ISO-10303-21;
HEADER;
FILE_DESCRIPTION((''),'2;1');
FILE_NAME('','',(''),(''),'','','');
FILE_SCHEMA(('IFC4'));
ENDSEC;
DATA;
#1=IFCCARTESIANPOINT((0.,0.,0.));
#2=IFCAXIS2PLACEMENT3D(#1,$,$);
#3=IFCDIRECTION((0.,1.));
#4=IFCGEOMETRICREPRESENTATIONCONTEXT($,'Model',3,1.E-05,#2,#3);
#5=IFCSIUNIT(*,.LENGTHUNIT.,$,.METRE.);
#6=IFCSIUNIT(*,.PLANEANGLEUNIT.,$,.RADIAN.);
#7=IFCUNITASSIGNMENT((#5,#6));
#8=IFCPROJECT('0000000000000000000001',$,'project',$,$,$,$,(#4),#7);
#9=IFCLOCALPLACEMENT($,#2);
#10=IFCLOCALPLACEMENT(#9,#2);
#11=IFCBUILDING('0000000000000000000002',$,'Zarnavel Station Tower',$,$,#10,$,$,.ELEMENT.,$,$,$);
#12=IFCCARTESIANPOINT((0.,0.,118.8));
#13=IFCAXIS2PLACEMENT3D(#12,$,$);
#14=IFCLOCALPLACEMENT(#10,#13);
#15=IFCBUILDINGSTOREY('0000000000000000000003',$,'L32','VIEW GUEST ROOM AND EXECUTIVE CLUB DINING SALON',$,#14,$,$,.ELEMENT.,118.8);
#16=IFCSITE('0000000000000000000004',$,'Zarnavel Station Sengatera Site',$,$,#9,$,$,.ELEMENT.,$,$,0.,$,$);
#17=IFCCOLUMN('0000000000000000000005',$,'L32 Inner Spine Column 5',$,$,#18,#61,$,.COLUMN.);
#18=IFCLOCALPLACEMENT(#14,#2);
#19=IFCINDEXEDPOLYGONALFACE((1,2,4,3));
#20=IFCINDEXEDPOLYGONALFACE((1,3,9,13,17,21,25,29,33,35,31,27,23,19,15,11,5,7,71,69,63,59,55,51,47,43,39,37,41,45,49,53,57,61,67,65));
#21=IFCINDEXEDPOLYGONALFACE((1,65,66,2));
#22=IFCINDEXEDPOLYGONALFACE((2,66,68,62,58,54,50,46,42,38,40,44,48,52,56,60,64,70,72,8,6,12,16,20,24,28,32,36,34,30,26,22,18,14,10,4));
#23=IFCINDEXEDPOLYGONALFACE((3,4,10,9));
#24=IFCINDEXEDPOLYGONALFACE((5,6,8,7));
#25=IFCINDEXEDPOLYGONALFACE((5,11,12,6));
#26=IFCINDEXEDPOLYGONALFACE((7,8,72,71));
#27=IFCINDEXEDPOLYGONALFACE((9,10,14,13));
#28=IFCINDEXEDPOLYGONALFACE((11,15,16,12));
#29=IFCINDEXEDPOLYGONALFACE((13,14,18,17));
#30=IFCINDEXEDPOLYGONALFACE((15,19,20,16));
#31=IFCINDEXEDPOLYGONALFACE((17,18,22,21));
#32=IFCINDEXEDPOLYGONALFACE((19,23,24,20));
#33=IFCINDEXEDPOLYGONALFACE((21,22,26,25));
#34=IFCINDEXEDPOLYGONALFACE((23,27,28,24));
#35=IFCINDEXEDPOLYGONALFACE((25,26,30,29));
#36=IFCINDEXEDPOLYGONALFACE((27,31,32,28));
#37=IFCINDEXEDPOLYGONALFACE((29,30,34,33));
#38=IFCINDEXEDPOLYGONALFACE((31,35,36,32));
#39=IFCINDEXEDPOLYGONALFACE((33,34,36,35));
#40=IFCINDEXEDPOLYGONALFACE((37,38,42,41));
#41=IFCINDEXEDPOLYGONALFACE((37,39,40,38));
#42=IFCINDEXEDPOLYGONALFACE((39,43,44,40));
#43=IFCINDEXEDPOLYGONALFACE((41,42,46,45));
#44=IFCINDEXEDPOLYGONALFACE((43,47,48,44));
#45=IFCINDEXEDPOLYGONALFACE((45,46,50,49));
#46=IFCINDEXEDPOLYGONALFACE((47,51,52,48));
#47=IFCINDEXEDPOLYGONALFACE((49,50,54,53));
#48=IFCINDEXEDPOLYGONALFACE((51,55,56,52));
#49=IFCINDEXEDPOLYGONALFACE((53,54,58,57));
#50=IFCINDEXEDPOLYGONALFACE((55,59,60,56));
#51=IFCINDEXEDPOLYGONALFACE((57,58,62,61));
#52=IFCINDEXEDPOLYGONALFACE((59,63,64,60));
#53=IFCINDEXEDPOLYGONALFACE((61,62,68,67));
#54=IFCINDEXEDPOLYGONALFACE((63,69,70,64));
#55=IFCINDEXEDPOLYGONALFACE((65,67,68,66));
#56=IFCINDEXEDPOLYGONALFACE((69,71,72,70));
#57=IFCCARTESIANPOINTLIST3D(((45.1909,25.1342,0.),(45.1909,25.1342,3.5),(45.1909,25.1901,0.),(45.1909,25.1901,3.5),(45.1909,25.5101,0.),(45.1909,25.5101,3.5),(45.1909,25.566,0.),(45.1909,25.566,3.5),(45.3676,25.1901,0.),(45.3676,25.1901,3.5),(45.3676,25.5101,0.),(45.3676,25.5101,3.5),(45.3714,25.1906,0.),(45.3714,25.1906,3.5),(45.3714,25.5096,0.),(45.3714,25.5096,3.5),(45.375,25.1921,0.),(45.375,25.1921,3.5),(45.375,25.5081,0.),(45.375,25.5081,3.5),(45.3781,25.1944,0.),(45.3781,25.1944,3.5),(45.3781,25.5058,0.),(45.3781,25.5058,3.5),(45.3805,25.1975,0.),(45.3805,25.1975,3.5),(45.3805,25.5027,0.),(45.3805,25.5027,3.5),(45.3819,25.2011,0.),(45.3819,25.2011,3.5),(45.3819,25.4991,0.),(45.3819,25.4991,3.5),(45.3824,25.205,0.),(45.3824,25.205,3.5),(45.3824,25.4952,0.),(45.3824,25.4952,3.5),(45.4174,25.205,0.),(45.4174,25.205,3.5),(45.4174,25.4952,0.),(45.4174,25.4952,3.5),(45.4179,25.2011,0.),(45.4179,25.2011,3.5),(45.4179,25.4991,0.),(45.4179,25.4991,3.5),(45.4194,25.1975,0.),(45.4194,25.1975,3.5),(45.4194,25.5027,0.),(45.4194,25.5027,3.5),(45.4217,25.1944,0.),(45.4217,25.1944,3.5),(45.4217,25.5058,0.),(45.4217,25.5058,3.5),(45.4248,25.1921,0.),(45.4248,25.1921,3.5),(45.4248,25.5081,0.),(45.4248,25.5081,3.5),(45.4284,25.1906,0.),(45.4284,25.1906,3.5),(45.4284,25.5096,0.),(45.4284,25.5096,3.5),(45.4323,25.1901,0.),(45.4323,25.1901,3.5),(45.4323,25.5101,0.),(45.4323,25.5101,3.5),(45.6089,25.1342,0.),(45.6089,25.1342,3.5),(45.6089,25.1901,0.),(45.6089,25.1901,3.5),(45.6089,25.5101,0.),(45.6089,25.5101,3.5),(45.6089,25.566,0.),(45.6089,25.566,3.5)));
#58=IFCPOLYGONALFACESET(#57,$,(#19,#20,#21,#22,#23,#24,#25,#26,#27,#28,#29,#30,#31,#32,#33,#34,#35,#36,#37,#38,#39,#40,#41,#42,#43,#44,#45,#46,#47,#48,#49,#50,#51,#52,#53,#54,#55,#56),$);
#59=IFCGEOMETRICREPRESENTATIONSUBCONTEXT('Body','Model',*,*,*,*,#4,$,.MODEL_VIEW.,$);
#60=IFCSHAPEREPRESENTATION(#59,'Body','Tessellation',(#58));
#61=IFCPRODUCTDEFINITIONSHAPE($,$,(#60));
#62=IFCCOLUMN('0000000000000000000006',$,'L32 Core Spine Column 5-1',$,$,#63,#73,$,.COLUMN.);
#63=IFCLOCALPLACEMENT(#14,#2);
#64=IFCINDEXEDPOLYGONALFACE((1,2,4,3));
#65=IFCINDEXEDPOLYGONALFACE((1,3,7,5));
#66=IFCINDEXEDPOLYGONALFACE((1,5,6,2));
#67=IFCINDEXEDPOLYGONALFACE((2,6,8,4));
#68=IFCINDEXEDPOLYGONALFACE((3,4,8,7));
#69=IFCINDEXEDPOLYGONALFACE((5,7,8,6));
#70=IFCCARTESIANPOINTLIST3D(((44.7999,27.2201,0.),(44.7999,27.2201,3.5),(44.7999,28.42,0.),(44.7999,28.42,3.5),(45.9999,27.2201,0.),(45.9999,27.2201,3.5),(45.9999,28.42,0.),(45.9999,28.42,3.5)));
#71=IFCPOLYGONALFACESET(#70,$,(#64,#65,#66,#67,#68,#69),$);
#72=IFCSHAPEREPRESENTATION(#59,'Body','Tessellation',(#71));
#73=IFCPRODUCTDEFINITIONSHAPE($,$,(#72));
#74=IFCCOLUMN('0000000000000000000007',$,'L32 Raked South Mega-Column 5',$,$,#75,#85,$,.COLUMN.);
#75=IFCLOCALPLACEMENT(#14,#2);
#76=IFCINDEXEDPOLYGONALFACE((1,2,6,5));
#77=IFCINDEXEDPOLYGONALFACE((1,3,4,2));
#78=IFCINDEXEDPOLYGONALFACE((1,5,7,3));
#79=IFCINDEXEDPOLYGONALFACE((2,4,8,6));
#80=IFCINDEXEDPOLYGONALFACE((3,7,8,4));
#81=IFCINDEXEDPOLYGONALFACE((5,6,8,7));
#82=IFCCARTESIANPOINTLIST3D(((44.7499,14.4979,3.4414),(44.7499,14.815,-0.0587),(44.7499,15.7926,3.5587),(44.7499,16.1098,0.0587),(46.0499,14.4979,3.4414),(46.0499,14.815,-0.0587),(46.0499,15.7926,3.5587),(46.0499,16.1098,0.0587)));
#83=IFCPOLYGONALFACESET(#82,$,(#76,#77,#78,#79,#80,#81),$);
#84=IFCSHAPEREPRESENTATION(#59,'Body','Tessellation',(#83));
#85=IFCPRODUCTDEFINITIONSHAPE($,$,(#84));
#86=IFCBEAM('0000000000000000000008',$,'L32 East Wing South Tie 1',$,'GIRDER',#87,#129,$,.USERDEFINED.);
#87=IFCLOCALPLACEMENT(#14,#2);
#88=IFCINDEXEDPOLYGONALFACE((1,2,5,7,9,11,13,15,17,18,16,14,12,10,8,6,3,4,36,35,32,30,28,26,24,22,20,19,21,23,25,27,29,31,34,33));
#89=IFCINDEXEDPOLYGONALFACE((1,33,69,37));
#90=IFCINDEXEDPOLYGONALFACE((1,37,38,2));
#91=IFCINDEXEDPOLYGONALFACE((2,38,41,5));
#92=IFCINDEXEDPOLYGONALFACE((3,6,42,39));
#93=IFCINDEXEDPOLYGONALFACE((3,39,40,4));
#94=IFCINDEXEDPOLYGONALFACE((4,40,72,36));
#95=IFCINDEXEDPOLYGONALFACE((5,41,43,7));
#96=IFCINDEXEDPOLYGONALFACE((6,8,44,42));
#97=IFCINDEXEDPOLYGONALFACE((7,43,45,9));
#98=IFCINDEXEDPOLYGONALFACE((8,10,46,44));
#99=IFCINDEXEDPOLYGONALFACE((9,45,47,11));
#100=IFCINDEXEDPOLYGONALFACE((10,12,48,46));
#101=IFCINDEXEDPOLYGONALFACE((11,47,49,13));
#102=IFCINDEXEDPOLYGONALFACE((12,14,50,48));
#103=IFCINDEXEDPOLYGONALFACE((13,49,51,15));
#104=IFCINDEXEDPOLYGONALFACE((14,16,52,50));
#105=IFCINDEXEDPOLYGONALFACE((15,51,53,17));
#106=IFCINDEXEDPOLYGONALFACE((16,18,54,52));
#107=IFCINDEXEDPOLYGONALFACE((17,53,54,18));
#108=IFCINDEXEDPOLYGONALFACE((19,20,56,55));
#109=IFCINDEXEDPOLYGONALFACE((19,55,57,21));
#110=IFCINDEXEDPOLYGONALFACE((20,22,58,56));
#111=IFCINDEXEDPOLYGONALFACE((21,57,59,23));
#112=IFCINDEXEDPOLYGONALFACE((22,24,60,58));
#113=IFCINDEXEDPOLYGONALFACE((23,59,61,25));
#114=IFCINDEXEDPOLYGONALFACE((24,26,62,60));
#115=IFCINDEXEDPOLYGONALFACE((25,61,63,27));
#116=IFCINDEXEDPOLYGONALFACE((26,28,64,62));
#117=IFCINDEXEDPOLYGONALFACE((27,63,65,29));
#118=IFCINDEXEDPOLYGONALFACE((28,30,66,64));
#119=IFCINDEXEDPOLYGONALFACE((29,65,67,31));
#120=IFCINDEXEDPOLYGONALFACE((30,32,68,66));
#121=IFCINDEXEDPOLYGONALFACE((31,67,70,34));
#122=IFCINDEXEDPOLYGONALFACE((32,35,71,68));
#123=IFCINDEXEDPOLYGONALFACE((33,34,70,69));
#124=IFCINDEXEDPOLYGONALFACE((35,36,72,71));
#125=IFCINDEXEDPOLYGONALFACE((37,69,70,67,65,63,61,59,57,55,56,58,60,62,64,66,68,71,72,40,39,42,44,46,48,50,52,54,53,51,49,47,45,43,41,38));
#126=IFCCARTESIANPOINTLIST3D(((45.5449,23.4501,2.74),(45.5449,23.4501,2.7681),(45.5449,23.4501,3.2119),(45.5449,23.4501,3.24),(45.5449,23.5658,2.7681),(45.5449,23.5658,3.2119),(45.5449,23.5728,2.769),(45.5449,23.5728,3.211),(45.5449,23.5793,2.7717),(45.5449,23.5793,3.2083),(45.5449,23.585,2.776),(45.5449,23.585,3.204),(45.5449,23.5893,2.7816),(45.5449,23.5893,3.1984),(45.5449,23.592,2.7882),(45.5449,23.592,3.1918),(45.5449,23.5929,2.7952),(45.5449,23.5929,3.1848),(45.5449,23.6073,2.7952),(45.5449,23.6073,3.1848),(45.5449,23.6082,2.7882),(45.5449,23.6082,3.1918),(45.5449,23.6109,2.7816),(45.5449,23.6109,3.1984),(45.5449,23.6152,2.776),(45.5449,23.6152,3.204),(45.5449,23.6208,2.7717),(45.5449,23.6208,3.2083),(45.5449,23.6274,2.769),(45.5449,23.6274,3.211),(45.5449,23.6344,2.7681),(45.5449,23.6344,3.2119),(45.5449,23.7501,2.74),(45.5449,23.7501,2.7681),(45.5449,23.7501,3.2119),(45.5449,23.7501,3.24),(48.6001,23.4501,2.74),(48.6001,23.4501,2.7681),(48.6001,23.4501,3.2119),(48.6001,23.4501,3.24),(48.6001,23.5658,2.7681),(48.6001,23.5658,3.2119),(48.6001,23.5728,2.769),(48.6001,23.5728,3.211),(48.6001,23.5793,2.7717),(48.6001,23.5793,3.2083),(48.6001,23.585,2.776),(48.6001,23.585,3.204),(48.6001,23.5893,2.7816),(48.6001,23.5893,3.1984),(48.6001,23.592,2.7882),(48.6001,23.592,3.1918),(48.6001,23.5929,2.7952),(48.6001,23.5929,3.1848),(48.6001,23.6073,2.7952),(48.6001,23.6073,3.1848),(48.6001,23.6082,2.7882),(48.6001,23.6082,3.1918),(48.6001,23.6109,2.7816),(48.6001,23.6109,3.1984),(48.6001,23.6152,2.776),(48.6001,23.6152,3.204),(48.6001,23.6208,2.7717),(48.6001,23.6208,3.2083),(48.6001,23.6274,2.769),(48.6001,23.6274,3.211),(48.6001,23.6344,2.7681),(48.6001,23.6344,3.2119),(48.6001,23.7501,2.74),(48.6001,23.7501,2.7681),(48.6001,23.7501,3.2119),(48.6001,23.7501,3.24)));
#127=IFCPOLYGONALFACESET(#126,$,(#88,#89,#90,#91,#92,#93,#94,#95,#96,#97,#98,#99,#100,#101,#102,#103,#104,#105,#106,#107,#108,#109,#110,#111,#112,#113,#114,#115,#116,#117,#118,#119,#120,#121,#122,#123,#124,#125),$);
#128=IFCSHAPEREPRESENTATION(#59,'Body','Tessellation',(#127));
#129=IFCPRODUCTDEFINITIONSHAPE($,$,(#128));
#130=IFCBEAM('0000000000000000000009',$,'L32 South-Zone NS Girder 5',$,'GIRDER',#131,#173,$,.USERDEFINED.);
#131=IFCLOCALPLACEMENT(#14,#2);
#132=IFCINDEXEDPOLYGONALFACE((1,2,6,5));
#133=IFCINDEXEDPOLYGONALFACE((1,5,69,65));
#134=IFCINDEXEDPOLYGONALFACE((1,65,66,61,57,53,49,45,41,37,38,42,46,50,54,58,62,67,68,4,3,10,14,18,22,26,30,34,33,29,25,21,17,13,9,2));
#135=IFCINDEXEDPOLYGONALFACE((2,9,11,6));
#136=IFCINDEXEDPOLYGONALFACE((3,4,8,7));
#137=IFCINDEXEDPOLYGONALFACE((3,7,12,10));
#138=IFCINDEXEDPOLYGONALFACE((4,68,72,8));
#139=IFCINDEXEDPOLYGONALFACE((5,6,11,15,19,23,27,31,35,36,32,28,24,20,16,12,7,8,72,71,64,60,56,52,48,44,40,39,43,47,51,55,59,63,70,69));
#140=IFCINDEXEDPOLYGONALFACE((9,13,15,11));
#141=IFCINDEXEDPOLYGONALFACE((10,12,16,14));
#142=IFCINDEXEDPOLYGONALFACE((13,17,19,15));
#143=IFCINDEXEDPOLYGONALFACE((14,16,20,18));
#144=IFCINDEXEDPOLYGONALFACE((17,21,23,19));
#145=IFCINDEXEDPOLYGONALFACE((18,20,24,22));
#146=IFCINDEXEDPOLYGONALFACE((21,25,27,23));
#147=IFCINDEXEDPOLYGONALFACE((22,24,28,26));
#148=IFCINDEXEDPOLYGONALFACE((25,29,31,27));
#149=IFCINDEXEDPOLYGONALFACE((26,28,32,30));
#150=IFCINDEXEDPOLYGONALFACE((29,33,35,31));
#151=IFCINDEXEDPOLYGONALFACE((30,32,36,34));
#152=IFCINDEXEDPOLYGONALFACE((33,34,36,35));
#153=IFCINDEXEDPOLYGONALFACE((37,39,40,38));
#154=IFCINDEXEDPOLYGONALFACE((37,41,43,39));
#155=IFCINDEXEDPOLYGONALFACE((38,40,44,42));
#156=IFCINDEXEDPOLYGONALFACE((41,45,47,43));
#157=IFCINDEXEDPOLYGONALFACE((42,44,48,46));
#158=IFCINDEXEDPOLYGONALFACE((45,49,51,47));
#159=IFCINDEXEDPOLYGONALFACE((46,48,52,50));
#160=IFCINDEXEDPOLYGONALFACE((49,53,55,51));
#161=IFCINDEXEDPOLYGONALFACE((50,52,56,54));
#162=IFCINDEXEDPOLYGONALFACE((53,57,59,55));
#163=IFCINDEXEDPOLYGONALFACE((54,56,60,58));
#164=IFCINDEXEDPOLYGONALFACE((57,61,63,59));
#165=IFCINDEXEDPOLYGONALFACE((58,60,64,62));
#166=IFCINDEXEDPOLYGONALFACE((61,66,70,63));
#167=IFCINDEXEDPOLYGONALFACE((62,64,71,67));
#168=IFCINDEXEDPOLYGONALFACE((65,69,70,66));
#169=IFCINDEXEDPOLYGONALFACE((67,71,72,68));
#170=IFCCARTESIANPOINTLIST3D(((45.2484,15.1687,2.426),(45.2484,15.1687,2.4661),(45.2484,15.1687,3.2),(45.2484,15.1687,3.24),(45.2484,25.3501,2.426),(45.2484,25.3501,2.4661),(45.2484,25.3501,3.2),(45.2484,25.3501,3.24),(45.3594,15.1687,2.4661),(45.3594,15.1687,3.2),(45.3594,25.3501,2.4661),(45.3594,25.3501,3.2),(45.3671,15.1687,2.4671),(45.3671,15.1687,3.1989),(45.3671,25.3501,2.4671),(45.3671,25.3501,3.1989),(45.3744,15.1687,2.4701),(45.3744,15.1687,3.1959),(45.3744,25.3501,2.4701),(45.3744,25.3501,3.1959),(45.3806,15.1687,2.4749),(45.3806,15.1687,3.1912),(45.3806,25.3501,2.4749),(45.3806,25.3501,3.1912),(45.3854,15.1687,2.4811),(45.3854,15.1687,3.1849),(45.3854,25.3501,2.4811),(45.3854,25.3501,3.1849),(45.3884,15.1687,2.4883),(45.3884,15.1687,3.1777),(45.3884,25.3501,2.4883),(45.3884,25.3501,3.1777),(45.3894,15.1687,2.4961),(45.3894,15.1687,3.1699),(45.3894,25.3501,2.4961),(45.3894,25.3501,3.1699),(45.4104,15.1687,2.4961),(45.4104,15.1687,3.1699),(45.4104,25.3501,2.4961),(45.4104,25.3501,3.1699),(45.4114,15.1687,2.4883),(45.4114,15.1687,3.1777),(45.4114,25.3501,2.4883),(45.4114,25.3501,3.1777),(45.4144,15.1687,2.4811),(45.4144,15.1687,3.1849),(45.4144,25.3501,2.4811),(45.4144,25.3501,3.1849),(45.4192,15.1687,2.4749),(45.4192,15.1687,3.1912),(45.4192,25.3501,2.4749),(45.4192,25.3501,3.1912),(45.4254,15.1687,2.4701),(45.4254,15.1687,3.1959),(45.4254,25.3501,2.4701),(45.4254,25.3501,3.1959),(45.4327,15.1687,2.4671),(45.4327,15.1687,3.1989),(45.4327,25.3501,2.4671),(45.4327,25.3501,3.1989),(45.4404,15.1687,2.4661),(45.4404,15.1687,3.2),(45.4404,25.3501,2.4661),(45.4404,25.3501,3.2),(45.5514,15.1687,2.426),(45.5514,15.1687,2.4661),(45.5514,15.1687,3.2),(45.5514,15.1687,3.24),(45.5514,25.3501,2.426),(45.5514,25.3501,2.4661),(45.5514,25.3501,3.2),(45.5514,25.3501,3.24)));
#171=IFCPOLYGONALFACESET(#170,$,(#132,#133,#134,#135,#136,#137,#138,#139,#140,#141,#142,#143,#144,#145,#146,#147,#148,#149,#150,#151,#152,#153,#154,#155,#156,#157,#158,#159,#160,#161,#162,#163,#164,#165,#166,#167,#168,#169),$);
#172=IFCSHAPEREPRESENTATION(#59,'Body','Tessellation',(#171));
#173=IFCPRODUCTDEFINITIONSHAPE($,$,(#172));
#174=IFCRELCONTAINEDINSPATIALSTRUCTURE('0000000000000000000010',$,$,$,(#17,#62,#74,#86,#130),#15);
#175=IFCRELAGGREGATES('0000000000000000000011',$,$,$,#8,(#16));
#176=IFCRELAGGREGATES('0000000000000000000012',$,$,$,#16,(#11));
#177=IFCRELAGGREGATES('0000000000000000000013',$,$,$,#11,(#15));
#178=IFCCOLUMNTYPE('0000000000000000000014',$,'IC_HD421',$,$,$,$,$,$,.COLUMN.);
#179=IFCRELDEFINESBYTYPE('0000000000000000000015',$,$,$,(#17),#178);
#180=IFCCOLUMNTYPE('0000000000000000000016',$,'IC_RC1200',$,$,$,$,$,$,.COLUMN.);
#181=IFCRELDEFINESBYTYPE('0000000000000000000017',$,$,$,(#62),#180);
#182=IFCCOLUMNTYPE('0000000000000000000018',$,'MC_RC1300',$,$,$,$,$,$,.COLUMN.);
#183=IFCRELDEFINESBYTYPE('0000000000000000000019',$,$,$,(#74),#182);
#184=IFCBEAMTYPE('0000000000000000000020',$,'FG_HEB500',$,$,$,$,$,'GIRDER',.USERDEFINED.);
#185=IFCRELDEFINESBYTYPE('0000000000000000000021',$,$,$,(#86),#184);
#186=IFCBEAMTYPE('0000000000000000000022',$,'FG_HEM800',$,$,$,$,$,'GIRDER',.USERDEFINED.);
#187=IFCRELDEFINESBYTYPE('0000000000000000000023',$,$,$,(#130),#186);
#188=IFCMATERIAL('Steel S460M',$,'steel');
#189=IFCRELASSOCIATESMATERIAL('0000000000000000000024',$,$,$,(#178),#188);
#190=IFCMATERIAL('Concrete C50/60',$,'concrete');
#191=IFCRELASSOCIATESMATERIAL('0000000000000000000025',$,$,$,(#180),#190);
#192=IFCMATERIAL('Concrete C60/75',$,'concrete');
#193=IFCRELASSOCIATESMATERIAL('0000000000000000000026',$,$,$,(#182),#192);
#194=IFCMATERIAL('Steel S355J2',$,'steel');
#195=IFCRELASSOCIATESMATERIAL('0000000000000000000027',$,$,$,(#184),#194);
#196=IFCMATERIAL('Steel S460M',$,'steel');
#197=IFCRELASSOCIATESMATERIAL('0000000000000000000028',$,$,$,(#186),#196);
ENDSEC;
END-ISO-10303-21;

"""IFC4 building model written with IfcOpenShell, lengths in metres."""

from ifc_helpers import new_model, si_unit, direction, frame, origin, origin_2d, place, context, subcontext, project, spatial, rectangle, i_section, extrude, material, material_profile, profile_set, type_object, element, save


model = new_model("IFC4")

# Units and contexts
model_context = context("Model", 3, precision=1e-05, world=origin(), true_north=direction((0.0, 1.0)))
body_context = subcontext(model_context, "Body", "Model", "MODEL_VIEW")
ifc_project = project(units=[si_unit("LENGTHUNIT", "METRE"), si_unit("PLANEANGLEUNIT", "RADIAN")], contexts=[model_context])

# Site, building, storey
site_placement = place(None, origin())
site = spatial("IfcSite", under=ifc_project, at=site_placement, Name="Zarnavel Station Sengatera Site", CompositionType="ELEMENT", RefElevation=0.0)
building_placement = place(site_placement, origin())
building = spatial("IfcBuilding", under=site, at=building_placement, Name="Zarnavel Station Tower", CompositionType="ELEMENT")
storey_placement = place(building_placement, frame((0.0, 0.0, 118.8)))
storey = spatial("IfcBuildingStorey", under=building, at=storey_placement, Name="L32", Description="VIEW GUEST ROOM AND EXECUTIVE CLUB DINING SALON", CompositionType="ELEMENT", Elevation=118.8)

# Columns
ifc_material_1 = material(Name="Steel S460M", Category="steel")
ifc_material_profile_1 = material_profile(ifc_material_1, i_section(OverallWidth=0.418, OverallDepth=0.4319, WebThickness=0.0349, FlangeThickness=0.0559, FilletRadius=0.0149, at=origin_2d()), Name="HD400x421")
ifc_profile_set_1 = profile_set([ifc_material_profile_1], Name="Steel S460M")
column_type_1 = type_object("IfcColumnType", Name="IC_HD421", PredefinedType="COLUMN", material=ifc_profile_set_1)
column_1_placement = place(storey_placement, frame((45.3999, 25.3501, 0.0), z_axis=(0.0, 0.0, 1.0), x_axis=(1.0, 0.0, 0.0)))
element("IfcColumn", 1, at=column_1_placement, inside=storey, type_object=column_type_1, Name="L32 Inner Spine Column 5", PredefinedType="COLUMN", context=body_context, shape_type="SweptSolid", body=[
    extrude(i_section(OverallWidth=0.418, OverallDepth=0.4319, WebThickness=0.0349, FlangeThickness=0.0559, FilletRadius=0.0149, at=origin_2d()), origin(), (0.0, 0.0, 1.0), 3.5),
])
ifc_material_2 = material(Name="Concrete C50/60", Category="concrete")
ifc_material_profile_2 = material_profile(ifc_material_2, rectangle(XDim=1.2, YDim=1.2, at=origin_2d()), Name="RC1200x1200")
ifc_profile_set_2 = profile_set([ifc_material_profile_2], Name="Concrete C50/60")
column_type_2 = type_object("IfcColumnType", Name="IC_RC1200", PredefinedType="COLUMN", material=ifc_profile_set_2)
column_2_placement = place(storey_placement, frame((45.3999, 27.8201, 0.0), z_axis=(0.0, 0.0, 1.0), x_axis=(1.0, 0.0, 0.0)))
element("IfcColumn", 2, at=column_2_placement, inside=storey, type_object=column_type_2, Name="L32 Core Spine Column 5-1", PredefinedType="COLUMN", context=body_context, shape_type="SweptSolid", body=[
    extrude(rectangle(XDim=1.2, YDim=1.2, at=origin_2d()), origin(), (0.0, 0.0, 1.0), 3.5),
])
ifc_material_3 = material(Name="Concrete C60/75", Category="concrete")
ifc_material_profile_3 = material_profile(ifc_material_3, rectangle(XDim=1.3, YDim=1.3, at=origin_2d()), Name="RC1300x1300")
ifc_profile_set_3 = profile_set([ifc_material_profile_3], Name="Concrete C60/75")
column_type_3 = type_object("IfcColumnType", Name="MC_RC1300", PredefinedType="COLUMN", material=ifc_profile_set_3)
column_3_placement = place(storey_placement, frame((45.3999, 15.4624, 0.0), z_axis=(0.0, -0.090241, 0.99592), x_axis=(1.0, 0.0, 0.0)))
element("IfcColumn", 3, at=column_3_placement, inside=storey, type_object=column_type_3, Name="L32 Raked South Mega-Column 5", PredefinedType="COLUMN", context=body_context, shape_type="SweptSolid", body=[
    extrude(rectangle(XDim=1.3, YDim=1.3, at=origin_2d()), origin(), (0.0, 0.0, 1.0), 3.5144),
])

# Beams
ifc_material_4 = material(Name="Steel S355J2", Category="steel")
ifc_material_profile_4 = material_profile(ifc_material_4, i_section(OverallWidth=0.3, OverallDepth=0.5, WebThickness=0.0144, FlangeThickness=0.0281, FilletRadius=0.0271, at=origin_2d()), Name="HEB500")
ifc_profile_set_4 = profile_set([ifc_material_profile_4], Name="Steel S355J2")
beam_type_1 = type_object("IfcBeamType", Name="FG_HEB500", ElementType="GIRDER", PredefinedType="USERDEFINED", material=ifc_profile_set_4)
beam_1_placement = place(storey_placement, frame((45.5449, 23.6001, 2.99), z_axis=(1.0, 0.0, 0.0), x_axis=(0.0, 1.0, 0.0)))
element("IfcBeam", 4, at=beam_1_placement, inside=storey, type_object=beam_type_1, Name="L32 East Wing South Tie 1", ObjectType="GIRDER", PredefinedType="USERDEFINED", context=body_context, shape_type="SweptSolid", body=[
    extrude(i_section(OverallWidth=0.3, OverallDepth=0.5, WebThickness=0.0144, FlangeThickness=0.0281, FilletRadius=0.0271, at=origin_2d()), origin(), (0.0, 0.0, 1.0), 3.0552),
])
ifc_material_5 = material(Name="Steel S460M", Category="steel")
ifc_material_profile_5 = material_profile(ifc_material_5, i_section(OverallWidth=0.303, OverallDepth=0.814, WebThickness=0.021, FlangeThickness=0.04, FilletRadius=0.03, at=origin_2d()), Name="HEM800")
ifc_profile_set_5 = profile_set([ifc_material_profile_5], Name="Steel S460M")
beam_type_2 = type_object("IfcBeamType", Name="FG_HEM800", ElementType="GIRDER", PredefinedType="USERDEFINED", material=ifc_profile_set_5)
beam_2_placement = place(storey_placement, frame((45.3999, 15.1687, 2.833), z_axis=(0.0, 1.0, 0.0), x_axis=(-1.0, 0.0, 0.0)))
element("IfcBeam", 5, at=beam_2_placement, inside=storey, type_object=beam_type_2, Name="L32 South-Zone NS Girder 5", ObjectType="GIRDER", PredefinedType="USERDEFINED", context=body_context, shape_type="SweptSolid", body=[
    extrude(i_section(OverallWidth=0.303, OverallDepth=0.814, WebThickness=0.021, FlangeThickness=0.04, FilletRadius=0.03, at=origin_2d()), origin(), (0.0, 0.0, 1.0), 10.1814),
])

save(model, "model.ifc")
